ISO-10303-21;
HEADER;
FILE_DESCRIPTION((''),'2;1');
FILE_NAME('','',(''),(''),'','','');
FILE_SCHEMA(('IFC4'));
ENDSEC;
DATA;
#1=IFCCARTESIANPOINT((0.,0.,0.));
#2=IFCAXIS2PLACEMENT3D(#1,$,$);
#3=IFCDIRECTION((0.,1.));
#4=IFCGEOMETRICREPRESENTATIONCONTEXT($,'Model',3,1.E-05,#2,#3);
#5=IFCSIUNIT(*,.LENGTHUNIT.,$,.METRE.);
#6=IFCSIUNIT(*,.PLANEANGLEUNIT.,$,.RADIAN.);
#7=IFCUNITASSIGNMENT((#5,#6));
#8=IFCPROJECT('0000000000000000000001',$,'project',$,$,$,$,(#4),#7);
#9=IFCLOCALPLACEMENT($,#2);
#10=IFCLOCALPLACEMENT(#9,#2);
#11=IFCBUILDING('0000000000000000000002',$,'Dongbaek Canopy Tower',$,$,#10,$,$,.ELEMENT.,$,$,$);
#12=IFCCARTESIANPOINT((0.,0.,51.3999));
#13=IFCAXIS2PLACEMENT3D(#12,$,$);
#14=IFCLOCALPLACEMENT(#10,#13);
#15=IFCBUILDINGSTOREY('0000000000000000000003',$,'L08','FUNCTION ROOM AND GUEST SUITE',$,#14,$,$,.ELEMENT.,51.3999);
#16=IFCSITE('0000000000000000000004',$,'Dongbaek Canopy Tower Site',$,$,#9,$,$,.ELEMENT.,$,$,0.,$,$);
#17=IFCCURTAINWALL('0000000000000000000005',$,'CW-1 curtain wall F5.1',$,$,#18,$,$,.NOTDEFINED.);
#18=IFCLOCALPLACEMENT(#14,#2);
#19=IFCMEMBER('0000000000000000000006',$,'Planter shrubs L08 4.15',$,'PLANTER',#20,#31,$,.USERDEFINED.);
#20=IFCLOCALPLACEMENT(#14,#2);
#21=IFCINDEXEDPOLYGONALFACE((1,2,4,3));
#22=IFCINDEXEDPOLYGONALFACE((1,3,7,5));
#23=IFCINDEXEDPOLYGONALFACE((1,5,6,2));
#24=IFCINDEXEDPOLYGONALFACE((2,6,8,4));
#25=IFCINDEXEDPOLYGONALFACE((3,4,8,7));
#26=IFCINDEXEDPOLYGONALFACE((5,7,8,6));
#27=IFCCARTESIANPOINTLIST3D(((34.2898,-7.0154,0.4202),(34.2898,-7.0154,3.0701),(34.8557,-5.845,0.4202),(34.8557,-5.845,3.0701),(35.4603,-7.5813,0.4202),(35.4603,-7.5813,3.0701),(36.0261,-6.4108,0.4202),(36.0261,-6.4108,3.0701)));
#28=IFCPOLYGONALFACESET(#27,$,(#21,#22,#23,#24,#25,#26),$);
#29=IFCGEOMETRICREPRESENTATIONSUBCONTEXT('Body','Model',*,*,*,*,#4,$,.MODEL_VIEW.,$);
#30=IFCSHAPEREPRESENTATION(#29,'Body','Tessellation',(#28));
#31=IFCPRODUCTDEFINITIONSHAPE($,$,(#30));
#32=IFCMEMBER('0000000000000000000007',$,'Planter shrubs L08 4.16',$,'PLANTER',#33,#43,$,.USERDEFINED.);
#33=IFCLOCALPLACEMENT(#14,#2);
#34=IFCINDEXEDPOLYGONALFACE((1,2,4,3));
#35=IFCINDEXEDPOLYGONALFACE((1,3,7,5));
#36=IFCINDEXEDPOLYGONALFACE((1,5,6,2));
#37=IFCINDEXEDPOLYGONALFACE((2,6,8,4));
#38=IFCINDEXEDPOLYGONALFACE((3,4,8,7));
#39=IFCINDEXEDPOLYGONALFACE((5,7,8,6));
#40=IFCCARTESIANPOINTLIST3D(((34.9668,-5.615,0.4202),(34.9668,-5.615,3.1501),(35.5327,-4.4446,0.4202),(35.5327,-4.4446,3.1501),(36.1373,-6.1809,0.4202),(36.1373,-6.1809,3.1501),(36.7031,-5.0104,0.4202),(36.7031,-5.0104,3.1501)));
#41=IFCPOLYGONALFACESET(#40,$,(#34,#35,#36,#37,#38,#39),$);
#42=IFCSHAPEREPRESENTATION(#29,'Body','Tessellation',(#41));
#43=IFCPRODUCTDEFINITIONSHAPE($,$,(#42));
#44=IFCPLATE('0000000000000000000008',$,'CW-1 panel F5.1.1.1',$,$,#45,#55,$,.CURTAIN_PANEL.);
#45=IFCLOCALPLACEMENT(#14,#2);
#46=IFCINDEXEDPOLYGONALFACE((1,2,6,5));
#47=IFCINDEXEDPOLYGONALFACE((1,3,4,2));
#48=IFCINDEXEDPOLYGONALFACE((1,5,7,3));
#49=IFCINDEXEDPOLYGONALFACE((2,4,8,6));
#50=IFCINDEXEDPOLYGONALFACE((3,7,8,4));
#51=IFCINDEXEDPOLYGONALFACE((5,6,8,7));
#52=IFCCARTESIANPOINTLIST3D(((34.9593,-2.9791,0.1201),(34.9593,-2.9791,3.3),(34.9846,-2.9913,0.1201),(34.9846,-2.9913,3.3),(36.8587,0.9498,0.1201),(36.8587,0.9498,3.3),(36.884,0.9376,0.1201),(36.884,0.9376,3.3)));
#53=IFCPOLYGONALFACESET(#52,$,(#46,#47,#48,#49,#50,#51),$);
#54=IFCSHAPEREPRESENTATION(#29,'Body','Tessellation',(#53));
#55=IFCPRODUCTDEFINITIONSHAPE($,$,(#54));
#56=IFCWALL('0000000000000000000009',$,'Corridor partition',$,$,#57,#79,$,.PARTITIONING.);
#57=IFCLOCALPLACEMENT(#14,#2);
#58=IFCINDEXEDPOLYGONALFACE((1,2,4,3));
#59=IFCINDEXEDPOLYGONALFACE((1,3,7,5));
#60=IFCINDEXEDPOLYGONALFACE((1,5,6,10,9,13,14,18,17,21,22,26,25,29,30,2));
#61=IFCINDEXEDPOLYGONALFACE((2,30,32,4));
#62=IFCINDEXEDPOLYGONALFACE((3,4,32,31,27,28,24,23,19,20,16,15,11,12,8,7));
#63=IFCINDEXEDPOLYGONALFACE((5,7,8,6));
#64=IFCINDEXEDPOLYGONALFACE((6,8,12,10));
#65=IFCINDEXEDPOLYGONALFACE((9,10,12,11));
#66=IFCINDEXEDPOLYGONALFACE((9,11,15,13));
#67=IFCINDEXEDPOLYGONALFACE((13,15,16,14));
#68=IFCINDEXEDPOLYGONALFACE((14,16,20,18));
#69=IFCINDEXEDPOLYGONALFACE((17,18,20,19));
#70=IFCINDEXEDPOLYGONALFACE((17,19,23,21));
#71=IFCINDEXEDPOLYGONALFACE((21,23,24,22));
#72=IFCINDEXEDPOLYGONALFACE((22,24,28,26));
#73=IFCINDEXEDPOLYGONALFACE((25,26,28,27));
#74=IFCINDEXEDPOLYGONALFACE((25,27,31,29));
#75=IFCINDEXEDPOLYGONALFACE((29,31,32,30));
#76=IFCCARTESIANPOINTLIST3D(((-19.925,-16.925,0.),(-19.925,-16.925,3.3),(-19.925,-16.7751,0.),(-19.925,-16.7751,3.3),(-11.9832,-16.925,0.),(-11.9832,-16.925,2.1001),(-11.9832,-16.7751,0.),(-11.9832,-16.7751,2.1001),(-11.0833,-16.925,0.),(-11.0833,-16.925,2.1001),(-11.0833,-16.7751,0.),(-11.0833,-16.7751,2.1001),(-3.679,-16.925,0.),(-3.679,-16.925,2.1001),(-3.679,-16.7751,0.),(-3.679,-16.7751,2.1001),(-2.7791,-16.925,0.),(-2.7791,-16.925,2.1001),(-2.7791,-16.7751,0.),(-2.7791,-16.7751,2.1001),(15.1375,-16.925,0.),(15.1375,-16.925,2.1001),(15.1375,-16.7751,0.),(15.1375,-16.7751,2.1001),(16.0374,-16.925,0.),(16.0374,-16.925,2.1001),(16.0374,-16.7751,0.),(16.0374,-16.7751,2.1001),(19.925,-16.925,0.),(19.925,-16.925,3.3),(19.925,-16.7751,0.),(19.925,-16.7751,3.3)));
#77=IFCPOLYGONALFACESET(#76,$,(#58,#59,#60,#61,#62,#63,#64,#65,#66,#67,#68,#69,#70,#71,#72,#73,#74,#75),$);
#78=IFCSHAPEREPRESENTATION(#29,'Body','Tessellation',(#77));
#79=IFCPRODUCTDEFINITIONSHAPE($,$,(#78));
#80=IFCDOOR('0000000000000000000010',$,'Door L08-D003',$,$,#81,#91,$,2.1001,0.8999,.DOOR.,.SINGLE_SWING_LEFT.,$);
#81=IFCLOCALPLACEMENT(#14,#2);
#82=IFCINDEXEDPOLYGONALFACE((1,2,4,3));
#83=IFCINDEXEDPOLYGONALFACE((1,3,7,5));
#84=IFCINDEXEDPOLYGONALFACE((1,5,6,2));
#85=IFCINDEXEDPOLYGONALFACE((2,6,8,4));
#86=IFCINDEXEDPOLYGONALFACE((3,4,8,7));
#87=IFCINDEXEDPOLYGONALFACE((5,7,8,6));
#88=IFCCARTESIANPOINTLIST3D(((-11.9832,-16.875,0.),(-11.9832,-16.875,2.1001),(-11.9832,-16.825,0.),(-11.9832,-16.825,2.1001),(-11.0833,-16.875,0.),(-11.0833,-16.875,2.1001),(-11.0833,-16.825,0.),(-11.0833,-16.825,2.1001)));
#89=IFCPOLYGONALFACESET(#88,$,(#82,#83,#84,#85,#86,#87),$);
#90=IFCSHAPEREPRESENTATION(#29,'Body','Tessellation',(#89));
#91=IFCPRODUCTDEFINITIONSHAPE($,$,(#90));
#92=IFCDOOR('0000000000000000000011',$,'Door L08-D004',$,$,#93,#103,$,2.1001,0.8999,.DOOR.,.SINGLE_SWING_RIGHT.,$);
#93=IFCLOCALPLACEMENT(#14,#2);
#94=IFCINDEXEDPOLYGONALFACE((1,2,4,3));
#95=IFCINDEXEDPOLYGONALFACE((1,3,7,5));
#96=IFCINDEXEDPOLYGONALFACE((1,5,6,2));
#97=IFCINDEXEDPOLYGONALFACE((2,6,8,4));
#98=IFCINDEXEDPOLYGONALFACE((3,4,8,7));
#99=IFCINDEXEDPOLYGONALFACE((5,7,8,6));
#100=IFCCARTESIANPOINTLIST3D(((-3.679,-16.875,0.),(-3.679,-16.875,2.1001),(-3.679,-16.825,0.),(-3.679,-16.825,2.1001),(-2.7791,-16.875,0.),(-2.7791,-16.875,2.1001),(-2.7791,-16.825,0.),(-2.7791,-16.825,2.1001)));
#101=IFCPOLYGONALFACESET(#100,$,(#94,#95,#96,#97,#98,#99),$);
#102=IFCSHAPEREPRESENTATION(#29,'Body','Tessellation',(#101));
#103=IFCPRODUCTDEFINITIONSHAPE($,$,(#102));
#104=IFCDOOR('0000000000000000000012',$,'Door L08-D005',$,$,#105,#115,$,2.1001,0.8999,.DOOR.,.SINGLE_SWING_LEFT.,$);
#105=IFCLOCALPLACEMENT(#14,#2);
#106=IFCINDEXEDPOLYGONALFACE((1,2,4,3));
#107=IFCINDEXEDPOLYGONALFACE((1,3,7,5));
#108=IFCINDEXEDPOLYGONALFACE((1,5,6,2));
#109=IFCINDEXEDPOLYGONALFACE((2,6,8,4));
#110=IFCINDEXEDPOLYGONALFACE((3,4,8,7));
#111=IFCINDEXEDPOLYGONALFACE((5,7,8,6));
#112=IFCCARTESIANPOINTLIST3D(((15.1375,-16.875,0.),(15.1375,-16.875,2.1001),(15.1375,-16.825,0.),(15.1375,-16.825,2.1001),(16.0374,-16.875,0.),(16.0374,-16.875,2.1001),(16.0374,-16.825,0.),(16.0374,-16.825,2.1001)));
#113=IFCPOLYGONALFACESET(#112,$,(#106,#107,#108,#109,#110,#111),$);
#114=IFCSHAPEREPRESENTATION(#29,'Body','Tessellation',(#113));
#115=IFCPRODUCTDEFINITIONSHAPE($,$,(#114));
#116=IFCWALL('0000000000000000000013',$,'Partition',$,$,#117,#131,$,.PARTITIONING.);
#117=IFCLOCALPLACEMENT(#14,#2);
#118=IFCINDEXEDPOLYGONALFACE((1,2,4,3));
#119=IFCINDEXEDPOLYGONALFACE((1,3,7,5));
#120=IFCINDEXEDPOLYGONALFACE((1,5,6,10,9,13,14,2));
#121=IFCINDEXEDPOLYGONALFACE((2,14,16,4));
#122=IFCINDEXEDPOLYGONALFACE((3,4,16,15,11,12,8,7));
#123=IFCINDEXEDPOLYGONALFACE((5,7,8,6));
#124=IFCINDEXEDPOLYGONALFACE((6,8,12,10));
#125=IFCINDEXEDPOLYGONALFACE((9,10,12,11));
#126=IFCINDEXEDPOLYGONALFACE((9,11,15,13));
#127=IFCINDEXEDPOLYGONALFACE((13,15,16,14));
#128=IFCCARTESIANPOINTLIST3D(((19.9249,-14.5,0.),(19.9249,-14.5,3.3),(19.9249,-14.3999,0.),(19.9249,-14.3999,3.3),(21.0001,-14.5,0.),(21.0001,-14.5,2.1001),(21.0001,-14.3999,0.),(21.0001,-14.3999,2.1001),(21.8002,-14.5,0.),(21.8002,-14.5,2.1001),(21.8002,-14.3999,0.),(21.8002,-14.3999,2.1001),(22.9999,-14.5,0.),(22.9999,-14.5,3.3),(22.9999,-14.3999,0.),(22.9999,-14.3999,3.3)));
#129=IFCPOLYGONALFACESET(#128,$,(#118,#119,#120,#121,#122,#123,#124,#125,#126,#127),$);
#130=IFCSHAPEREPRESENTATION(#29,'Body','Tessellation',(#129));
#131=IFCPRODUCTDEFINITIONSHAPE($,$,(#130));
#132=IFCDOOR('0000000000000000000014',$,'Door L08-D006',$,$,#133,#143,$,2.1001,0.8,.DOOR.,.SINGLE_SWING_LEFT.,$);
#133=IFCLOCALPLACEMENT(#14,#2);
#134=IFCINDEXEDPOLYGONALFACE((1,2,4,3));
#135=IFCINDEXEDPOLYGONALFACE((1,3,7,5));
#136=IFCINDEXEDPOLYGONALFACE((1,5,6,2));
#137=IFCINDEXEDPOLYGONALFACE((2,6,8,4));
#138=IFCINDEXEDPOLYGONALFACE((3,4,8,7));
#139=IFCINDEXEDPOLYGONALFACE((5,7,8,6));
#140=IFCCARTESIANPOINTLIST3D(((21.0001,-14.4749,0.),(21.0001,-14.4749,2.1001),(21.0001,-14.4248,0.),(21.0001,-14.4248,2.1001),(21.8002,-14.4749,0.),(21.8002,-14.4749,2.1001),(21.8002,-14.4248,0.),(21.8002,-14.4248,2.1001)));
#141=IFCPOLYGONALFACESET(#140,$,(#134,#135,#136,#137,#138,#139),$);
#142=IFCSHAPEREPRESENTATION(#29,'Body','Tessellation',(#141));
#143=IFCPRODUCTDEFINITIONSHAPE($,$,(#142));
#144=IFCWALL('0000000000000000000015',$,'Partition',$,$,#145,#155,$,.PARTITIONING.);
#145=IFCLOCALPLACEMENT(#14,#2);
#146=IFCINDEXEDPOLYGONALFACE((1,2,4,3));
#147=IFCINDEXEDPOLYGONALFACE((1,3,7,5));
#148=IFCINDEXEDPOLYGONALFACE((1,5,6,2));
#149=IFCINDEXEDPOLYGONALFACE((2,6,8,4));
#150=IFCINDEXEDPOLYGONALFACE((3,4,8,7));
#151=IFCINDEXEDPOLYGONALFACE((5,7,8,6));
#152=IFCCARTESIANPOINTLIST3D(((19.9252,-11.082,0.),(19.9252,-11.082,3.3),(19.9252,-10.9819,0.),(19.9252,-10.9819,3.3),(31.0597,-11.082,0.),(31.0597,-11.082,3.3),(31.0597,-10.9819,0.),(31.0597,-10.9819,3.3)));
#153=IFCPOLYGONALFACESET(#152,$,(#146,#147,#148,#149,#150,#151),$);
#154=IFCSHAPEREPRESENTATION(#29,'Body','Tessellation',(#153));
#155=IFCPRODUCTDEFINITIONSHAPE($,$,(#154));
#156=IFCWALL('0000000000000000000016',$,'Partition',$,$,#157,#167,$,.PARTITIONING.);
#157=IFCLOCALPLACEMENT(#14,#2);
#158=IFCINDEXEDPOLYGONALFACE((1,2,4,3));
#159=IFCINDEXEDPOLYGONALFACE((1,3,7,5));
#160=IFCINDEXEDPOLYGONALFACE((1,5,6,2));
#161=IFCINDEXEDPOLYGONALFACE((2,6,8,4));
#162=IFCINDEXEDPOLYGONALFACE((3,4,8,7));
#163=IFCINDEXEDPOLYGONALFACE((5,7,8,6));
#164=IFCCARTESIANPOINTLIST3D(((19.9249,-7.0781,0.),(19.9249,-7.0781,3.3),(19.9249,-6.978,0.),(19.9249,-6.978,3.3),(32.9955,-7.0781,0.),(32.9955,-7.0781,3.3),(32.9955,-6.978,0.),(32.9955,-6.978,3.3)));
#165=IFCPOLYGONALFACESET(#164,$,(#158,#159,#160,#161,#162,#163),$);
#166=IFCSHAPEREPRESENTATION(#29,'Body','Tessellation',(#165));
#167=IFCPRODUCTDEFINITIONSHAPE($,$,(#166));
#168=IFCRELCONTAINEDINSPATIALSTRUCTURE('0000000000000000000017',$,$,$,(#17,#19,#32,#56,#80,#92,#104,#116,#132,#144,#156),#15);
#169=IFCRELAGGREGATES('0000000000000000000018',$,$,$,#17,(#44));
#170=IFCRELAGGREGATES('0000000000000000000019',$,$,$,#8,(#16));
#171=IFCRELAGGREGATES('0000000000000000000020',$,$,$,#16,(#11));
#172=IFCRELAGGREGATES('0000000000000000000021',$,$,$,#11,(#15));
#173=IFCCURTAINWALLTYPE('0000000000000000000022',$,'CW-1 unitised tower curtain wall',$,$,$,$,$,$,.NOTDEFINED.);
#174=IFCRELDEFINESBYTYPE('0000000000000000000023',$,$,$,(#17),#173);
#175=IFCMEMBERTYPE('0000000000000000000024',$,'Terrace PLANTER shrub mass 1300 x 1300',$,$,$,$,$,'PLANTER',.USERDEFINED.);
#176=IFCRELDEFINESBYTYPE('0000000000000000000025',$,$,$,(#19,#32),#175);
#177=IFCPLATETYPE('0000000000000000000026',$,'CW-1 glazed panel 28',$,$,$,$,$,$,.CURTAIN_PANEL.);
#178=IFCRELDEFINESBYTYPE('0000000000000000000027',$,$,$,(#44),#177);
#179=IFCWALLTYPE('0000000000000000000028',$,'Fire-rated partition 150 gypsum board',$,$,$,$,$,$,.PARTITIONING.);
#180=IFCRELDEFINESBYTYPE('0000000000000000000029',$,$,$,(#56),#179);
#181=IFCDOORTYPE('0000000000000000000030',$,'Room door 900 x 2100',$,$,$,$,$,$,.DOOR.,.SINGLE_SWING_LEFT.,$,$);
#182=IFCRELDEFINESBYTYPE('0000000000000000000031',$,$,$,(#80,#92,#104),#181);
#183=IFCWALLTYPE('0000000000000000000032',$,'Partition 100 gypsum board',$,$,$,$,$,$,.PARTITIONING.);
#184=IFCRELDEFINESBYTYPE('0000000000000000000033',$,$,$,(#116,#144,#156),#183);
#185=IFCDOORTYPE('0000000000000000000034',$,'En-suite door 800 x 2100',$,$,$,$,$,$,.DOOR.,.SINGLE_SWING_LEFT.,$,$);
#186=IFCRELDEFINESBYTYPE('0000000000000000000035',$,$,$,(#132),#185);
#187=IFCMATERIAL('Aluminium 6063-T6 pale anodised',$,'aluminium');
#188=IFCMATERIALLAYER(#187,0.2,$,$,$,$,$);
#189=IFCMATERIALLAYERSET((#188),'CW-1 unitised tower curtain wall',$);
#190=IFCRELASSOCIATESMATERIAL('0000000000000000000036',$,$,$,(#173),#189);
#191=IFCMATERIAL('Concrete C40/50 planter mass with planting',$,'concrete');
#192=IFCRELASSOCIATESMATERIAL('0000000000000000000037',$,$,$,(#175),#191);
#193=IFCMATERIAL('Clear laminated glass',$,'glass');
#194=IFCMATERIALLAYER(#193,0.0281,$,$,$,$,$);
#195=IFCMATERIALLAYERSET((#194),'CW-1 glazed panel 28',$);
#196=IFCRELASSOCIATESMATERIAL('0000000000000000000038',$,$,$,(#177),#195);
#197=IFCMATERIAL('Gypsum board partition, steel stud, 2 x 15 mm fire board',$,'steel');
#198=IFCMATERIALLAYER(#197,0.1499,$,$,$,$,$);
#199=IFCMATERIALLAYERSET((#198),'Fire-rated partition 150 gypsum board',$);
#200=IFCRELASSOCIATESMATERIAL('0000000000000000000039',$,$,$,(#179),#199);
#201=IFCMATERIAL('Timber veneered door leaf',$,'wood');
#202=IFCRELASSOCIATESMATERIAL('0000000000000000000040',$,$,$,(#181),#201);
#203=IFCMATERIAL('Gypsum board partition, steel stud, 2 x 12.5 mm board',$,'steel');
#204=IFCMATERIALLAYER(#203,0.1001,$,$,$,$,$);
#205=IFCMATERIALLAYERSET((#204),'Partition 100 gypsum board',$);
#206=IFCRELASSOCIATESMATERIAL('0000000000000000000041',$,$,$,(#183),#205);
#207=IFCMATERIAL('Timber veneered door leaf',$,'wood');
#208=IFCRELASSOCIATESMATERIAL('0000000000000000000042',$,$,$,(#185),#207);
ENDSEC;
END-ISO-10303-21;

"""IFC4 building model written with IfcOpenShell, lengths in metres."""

from ifc_helpers import new_model, si_unit, direction, frame, frame_2d, origin, origin_2d, place, context, subcontext, project, spatial, rectangle, extrude, material, layer, layer_set, material_profile, profile_set, type_object, element, fill, aggregate, save


model = new_model("IFC4")

# Units and contexts
model_context = context("Model", 3, precision=1e-05, world=origin(), true_north=direction((0.0, 1.0)))
body_context = subcontext(model_context, "Body", "Model", "MODEL_VIEW")
ifc_project = project(units=[si_unit("LENGTHUNIT", "METRE"), si_unit("PLANEANGLEUNIT", "RADIAN")], contexts=[model_context])

# Site, building, storey
site_placement = place(None, origin())
site = spatial("IfcSite", under=ifc_project, at=site_placement, Name="Dongbaek Canopy Tower Site", CompositionType="ELEMENT", RefElevation=0.0)
building_placement = place(site_placement, origin())
building = spatial("IfcBuilding", under=site, at=building_placement, Name="Dongbaek Canopy Tower", CompositionType="ELEMENT")
storey_placement = place(building_placement, frame((0.0, 0.0, 51.3999)))
storey = spatial("IfcBuildingStorey", under=building, at=storey_placement, Name="L08", Description="FUNCTION ROOM AND GUEST SUITE", CompositionType="ELEMENT", Elevation=51.3999)

# Curtain wall
ifc_material_1 = material(Name="Aluminium 6063-T6 pale anodised", Category="aluminium")
ifc_layer_1 = layer(ifc_material_1, 0.2)
ifc_layer_set_1 = layer_set([ifc_layer_1], Name="CW-1 unitised tower curtain wall")
curtain_wall_type = type_object("IfcCurtainWallType", Name="CW-1 unitised tower curtain wall", PredefinedType="NOTDEFINED", material=ifc_layer_set_1)
curtain_wall_placement = place(storey_placement, origin())
curtain_wall = element("IfcCurtainWall", 1, at=curtain_wall_placement, inside=storey, type_object=curtain_wall_type, Name="CW-1 curtain wall F5.1", PredefinedType="NOTDEFINED")

# Members
ifc_material_2 = material(Name="Concrete C40/50 planter mass with planting", Category="concrete")
ifc_material_profile_1 = material_profile(ifc_material_2, rectangle(XDim=1.3, YDim=1.3, at=origin_2d()), Name="Terrace PLANTER shrub mass 1300 x 1300")
ifc_profile_set_1 = profile_set([ifc_material_profile_1], Name="Concrete C40/50 planter mass with planting")
member_type_1 = type_object("IfcMemberType", Name="Terrace PLANTER shrub mass 1300 x 1300", ElementType="PLANTER", PredefinedType="USERDEFINED", material=ifc_profile_set_1)
member_1_placement = place(storey_placement, frame((35.158, -6.7131, 0.4202), z_axis=(0.0, 0.0, 1.0), x_axis=(0.900312, -0.435245, 0.0)))
element("IfcMember", 2, at=member_1_placement, inside=storey, type_object=member_type_1, Name="Planter shrubs L08 4.15", ObjectType="PLANTER", PredefinedType="USERDEFINED", context=body_context, shape_type="SweptSolid", body=[
    extrude(rectangle(XDim=1.3, YDim=1.3, at=origin_2d()), origin(), (0.0, 0.0, 1.0), 2.6499),
])
member_2_placement = place(storey_placement, frame((35.835, -5.3127, 0.4202), z_axis=(0.0, 0.0, 1.0), x_axis=(0.900312, -0.435245, 0.0)))
element("IfcMember", 3, at=member_2_placement, inside=storey, type_object=member_type_1, Name="Planter shrubs L08 4.16", ObjectType="PLANTER", PredefinedType="USERDEFINED", context=body_context, shape_type="SweptSolid", body=[
    extrude(rectangle(XDim=1.3, YDim=1.3, at=origin_2d()), origin(), (0.0, 0.0, 1.0), 2.73),
])

# Plate
ifc_material_3 = material(Name="Clear laminated glass", Category="glass")
ifc_layer_2 = layer(ifc_material_3, 0.0281)
ifc_layer_set_2 = layer_set([ifc_layer_2], Name="CW-1 glazed panel 28")
plate_type = type_object("IfcPlateType", Name="CW-1 glazed panel 28", PredefinedType="CURTAIN_PANEL", material=ifc_layer_set_2)
plate_placement = place(storey_placement, frame((35.9216, -1.0208, 0.1201), z_axis=(0.0, 0.0, 1.0), x_axis=(0.435245, 0.900312, 0.0)))
plate = element("IfcPlate", 4, at=plate_placement, type_object=plate_type, Name="CW-1 panel F5.1.1.1", PredefinedType="CURTAIN_PANEL", context=body_context, shape_type="SweptSolid", body=[
    extrude(rectangle(XDim=4.364, YDim=0.0281, at=origin_2d()), origin(), (0.0, 0.0, 1.0), 3.1799),
])

# Wall, openings, doors
ifc_material_4 = material(Name="Gypsum board partition, steel stud, 2 x 15 mm fire board", Category="steel")
ifc_layer_3 = layer(ifc_material_4, 0.1499)
ifc_layer_set_3 = layer_set([ifc_layer_3], Name="Fire-rated partition 150 gypsum board")
wall_type_1 = type_object("IfcWallType", Name="Fire-rated partition 150 gypsum board", PredefinedType="PARTITIONING", material=ifc_layer_set_3)
wall_1_placement = place(storey_placement, frame((19.925, -16.8501, 0.0), z_axis=(0.0, 0.0, 1.0), x_axis=(-1.0, 0.0, 0.0)))
wall_1 = element("IfcWall", 5, at=wall_1_placement, inside=storey, type_object=wall_type_1, Name="Corridor partition", PredefinedType="PARTITIONING", context=body_context, shape_type="SweptSolid", body=[
    extrude(rectangle(XDim=39.8501, YDim=0.1499, at=frame_2d((19.925, 0.0))), origin(), (0.0, 0.0, 1.0), 3.3),
])
opening_1_placement = place(wall_1_placement, frame((31.0083, 0.0, 0.0)))
opening_1 = element("IfcOpeningElement", 6, at=opening_1_placement, cuts=wall_1, PredefinedType="OPENING", context=body_context, shape_type="SweptSolid", body=[
    extrude(rectangle(XDim=0.8999, YDim=2.1001, at=frame_2d((0.45, 1.05))), frame((0.0, 0.085, 0.0), z_axis=(0.0, -1.0, 0.0), x_axis=(1.0, 0.0, 0.0)), (0.0, 0.0, 1.0), 0.1699),
])
opening_2_placement = place(wall_1_placement, frame((22.7041, 0.0, 0.0)))
opening_2 = element("IfcOpeningElement", 7, at=opening_2_placement, cuts=wall_1, PredefinedType="OPENING", context=body_context, shape_type="SweptSolid", body=[
    extrude(rectangle(XDim=0.8999, YDim=2.1001, at=frame_2d((0.45, 1.05))), frame((0.0, 0.085, 0.0), z_axis=(0.0, -1.0, 0.0), x_axis=(1.0, 0.0, 0.0)), (0.0, 0.0, 1.0), 0.1699),
])
opening_3_placement = place(wall_1_placement, frame((3.8877, 0.0, 0.0)))
opening_3 = element("IfcOpeningElement", 8, at=opening_3_placement, cuts=wall_1, PredefinedType="OPENING", context=body_context, shape_type="SweptSolid", body=[
    extrude(rectangle(XDim=0.8999, YDim=2.1001, at=frame_2d((0.45, 1.05))), frame((0.0, 0.085, 0.0), z_axis=(0.0, -1.0, 0.0), x_axis=(1.0, 0.0, 0.0)), (0.0, 0.0, 1.0), 0.1699),
])
ifc_material_5 = material(Name="Timber veneered door leaf", Category="wood")
door_type_1 = type_object("IfcDoorType", Name="Room door 900 x 2100", OperationType="SINGLE_SWING_LEFT", PredefinedType="DOOR", material=ifc_material_5)
door_1_placement = place(opening_1_placement, origin())
door_1 = element("IfcDoor", 9, at=door_1_placement, inside=storey, type_object=door_type_1, Name="Door L08-D003", OperationType="SINGLE_SWING_LEFT", OverallHeight=2.1001, OverallWidth=0.8999, PredefinedType="DOOR", context=body_context, shape_type="SweptSolid", body=[
    extrude(rectangle(XDim=0.8999, YDim=2.1001, at=frame_2d((0.45, 1.05))), frame((0.0, 0.0249, 0.0), z_axis=(0.0, -1.0, 0.0), x_axis=(1.0, 0.0, 0.0)), (0.0, 0.0, 1.0), 0.05),
])
fill(opening_1, door_1)
door_2_placement = place(opening_2_placement, origin())
door_2 = element("IfcDoor", 10, at=door_2_placement, inside=storey, type_object=door_type_1, Name="Door L08-D004", OperationType="SINGLE_SWING_RIGHT", OverallHeight=2.1001, OverallWidth=0.8999, PredefinedType="DOOR", context=body_context, shape_type="SweptSolid", body=[
    extrude(rectangle(XDim=0.8999, YDim=2.1001, at=frame_2d((0.45, 1.05))), frame((0.0, 0.0249, 0.0), z_axis=(0.0, -1.0, 0.0), x_axis=(1.0, 0.0, 0.0)), (0.0, 0.0, 1.0), 0.05),
])
fill(opening_2, door_2)
door_3_placement = place(opening_3_placement, origin())
door_3 = element("IfcDoor", 11, at=door_3_placement, inside=storey, type_object=door_type_1, Name="Door L08-D005", OperationType="SINGLE_SWING_LEFT", OverallHeight=2.1001, OverallWidth=0.8999, PredefinedType="DOOR", context=body_context, shape_type="SweptSolid", body=[
    extrude(rectangle(XDim=0.8999, YDim=2.1001, at=frame_2d((0.45, 1.05))), frame((0.0, 0.0249, 0.0), z_axis=(0.0, -1.0, 0.0), x_axis=(1.0, 0.0, 0.0)), (0.0, 0.0, 1.0), 0.05),
])
fill(opening_3, door_3)

# Wall, opening, door
ifc_material_6 = material(Name="Gypsum board partition, steel stud, 2 x 12.5 mm board", Category="steel")
ifc_layer_4 = layer(ifc_material_6, 0.1001)
ifc_layer_set_4 = layer_set([ifc_layer_4], Name="Partition 100 gypsum board")
wall_type_2 = type_object("IfcWallType", Name="Partition 100 gypsum board", PredefinedType="PARTITIONING", material=ifc_layer_set_4)
wall_2_placement = place(storey_placement, frame((23.0, -14.45, 0.0), z_axis=(0.0, 0.0, 1.0), x_axis=(-1.0, 0.0, 0.0)))
wall_2 = element("IfcWall", 12, at=wall_2_placement, inside=storey, type_object=wall_type_2, Name="Partition", PredefinedType="PARTITIONING", context=body_context, shape_type="SweptSolid", body=[
    extrude(rectangle(XDim=3.075, YDim=0.1001, at=frame_2d((1.5376, 0.0))), origin(), (0.0, 0.0, 1.0), 3.3),
])
opening_4_placement = place(wall_2_placement, frame((1.2, 0.0, 0.0)))
opening_4 = element("IfcOpeningElement", 13, at=opening_4_placement, cuts=wall_2, PredefinedType="OPENING", context=body_context, shape_type="SweptSolid", body=[
    extrude(rectangle(XDim=0.8, YDim=2.1001, at=frame_2d((0.3999, 1.05))), frame((0.0, 0.0601, 0.0), z_axis=(0.0, -1.0, 0.0), x_axis=(1.0, 0.0, 0.0)), (0.0, 0.0, 1.0), 0.1201),
])
ifc_material_7 = material(Name="Timber veneered door leaf", Category="wood")
door_type_2 = type_object("IfcDoorType", Name="En-suite door 800 x 2100", OperationType="SINGLE_SWING_LEFT", PredefinedType="DOOR", material=ifc_material_7)
door_4_placement = place(opening_4_placement, origin())
door_4 = element("IfcDoor", 14, at=door_4_placement, inside=storey, type_object=door_type_2, Name="Door L08-D006", OperationType="SINGLE_SWING_LEFT", OverallHeight=2.1001, OverallWidth=0.8, PredefinedType="DOOR", context=body_context, shape_type="SweptSolid", body=[
    extrude(rectangle(XDim=0.8, YDim=2.1001, at=frame_2d((0.3999, 1.05))), frame((0.0, 0.0249, 0.0), z_axis=(0.0, -1.0, 0.0), x_axis=(1.0, 0.0, 0.0)), (0.0, 0.0, 1.0), 0.05),
])
fill(opening_4, door_4)

# Walls
wall_3_placement = place(storey_placement, frame((19.925, -11.032, 0.0), z_axis=(0.0, 0.0, 1.0), x_axis=(1.0, 0.0, 0.0)))
element("IfcWall", 15, at=wall_3_placement, inside=storey, type_object=wall_type_2, Name="Partition", PredefinedType="PARTITIONING", context=body_context, shape_type="SweptSolid", body=[
    extrude(rectangle(XDim=11.1345, YDim=0.1001, at=frame_2d((5.5674, 0.0))), origin(), (0.0, 0.0, 1.0), 3.3),
])
wall_4_placement = place(storey_placement, frame((19.925, -7.0281, 0.0), z_axis=(0.0, 0.0, 1.0), x_axis=(1.0, 0.0, 0.0)))
element("IfcWall", 16, at=wall_4_placement, inside=storey, type_object=wall_type_2, Name="Partition", PredefinedType="PARTITIONING", context=body_context, shape_type="SweptSolid", body=[
    extrude(rectangle(XDim=13.0706, YDim=0.1001, at=frame_2d((6.5352, 0.0))), origin(), (0.0, 0.0, 1.0), 3.3),
])

aggregate(curtain_wall, [plate])

save(model, "model.ifc")
